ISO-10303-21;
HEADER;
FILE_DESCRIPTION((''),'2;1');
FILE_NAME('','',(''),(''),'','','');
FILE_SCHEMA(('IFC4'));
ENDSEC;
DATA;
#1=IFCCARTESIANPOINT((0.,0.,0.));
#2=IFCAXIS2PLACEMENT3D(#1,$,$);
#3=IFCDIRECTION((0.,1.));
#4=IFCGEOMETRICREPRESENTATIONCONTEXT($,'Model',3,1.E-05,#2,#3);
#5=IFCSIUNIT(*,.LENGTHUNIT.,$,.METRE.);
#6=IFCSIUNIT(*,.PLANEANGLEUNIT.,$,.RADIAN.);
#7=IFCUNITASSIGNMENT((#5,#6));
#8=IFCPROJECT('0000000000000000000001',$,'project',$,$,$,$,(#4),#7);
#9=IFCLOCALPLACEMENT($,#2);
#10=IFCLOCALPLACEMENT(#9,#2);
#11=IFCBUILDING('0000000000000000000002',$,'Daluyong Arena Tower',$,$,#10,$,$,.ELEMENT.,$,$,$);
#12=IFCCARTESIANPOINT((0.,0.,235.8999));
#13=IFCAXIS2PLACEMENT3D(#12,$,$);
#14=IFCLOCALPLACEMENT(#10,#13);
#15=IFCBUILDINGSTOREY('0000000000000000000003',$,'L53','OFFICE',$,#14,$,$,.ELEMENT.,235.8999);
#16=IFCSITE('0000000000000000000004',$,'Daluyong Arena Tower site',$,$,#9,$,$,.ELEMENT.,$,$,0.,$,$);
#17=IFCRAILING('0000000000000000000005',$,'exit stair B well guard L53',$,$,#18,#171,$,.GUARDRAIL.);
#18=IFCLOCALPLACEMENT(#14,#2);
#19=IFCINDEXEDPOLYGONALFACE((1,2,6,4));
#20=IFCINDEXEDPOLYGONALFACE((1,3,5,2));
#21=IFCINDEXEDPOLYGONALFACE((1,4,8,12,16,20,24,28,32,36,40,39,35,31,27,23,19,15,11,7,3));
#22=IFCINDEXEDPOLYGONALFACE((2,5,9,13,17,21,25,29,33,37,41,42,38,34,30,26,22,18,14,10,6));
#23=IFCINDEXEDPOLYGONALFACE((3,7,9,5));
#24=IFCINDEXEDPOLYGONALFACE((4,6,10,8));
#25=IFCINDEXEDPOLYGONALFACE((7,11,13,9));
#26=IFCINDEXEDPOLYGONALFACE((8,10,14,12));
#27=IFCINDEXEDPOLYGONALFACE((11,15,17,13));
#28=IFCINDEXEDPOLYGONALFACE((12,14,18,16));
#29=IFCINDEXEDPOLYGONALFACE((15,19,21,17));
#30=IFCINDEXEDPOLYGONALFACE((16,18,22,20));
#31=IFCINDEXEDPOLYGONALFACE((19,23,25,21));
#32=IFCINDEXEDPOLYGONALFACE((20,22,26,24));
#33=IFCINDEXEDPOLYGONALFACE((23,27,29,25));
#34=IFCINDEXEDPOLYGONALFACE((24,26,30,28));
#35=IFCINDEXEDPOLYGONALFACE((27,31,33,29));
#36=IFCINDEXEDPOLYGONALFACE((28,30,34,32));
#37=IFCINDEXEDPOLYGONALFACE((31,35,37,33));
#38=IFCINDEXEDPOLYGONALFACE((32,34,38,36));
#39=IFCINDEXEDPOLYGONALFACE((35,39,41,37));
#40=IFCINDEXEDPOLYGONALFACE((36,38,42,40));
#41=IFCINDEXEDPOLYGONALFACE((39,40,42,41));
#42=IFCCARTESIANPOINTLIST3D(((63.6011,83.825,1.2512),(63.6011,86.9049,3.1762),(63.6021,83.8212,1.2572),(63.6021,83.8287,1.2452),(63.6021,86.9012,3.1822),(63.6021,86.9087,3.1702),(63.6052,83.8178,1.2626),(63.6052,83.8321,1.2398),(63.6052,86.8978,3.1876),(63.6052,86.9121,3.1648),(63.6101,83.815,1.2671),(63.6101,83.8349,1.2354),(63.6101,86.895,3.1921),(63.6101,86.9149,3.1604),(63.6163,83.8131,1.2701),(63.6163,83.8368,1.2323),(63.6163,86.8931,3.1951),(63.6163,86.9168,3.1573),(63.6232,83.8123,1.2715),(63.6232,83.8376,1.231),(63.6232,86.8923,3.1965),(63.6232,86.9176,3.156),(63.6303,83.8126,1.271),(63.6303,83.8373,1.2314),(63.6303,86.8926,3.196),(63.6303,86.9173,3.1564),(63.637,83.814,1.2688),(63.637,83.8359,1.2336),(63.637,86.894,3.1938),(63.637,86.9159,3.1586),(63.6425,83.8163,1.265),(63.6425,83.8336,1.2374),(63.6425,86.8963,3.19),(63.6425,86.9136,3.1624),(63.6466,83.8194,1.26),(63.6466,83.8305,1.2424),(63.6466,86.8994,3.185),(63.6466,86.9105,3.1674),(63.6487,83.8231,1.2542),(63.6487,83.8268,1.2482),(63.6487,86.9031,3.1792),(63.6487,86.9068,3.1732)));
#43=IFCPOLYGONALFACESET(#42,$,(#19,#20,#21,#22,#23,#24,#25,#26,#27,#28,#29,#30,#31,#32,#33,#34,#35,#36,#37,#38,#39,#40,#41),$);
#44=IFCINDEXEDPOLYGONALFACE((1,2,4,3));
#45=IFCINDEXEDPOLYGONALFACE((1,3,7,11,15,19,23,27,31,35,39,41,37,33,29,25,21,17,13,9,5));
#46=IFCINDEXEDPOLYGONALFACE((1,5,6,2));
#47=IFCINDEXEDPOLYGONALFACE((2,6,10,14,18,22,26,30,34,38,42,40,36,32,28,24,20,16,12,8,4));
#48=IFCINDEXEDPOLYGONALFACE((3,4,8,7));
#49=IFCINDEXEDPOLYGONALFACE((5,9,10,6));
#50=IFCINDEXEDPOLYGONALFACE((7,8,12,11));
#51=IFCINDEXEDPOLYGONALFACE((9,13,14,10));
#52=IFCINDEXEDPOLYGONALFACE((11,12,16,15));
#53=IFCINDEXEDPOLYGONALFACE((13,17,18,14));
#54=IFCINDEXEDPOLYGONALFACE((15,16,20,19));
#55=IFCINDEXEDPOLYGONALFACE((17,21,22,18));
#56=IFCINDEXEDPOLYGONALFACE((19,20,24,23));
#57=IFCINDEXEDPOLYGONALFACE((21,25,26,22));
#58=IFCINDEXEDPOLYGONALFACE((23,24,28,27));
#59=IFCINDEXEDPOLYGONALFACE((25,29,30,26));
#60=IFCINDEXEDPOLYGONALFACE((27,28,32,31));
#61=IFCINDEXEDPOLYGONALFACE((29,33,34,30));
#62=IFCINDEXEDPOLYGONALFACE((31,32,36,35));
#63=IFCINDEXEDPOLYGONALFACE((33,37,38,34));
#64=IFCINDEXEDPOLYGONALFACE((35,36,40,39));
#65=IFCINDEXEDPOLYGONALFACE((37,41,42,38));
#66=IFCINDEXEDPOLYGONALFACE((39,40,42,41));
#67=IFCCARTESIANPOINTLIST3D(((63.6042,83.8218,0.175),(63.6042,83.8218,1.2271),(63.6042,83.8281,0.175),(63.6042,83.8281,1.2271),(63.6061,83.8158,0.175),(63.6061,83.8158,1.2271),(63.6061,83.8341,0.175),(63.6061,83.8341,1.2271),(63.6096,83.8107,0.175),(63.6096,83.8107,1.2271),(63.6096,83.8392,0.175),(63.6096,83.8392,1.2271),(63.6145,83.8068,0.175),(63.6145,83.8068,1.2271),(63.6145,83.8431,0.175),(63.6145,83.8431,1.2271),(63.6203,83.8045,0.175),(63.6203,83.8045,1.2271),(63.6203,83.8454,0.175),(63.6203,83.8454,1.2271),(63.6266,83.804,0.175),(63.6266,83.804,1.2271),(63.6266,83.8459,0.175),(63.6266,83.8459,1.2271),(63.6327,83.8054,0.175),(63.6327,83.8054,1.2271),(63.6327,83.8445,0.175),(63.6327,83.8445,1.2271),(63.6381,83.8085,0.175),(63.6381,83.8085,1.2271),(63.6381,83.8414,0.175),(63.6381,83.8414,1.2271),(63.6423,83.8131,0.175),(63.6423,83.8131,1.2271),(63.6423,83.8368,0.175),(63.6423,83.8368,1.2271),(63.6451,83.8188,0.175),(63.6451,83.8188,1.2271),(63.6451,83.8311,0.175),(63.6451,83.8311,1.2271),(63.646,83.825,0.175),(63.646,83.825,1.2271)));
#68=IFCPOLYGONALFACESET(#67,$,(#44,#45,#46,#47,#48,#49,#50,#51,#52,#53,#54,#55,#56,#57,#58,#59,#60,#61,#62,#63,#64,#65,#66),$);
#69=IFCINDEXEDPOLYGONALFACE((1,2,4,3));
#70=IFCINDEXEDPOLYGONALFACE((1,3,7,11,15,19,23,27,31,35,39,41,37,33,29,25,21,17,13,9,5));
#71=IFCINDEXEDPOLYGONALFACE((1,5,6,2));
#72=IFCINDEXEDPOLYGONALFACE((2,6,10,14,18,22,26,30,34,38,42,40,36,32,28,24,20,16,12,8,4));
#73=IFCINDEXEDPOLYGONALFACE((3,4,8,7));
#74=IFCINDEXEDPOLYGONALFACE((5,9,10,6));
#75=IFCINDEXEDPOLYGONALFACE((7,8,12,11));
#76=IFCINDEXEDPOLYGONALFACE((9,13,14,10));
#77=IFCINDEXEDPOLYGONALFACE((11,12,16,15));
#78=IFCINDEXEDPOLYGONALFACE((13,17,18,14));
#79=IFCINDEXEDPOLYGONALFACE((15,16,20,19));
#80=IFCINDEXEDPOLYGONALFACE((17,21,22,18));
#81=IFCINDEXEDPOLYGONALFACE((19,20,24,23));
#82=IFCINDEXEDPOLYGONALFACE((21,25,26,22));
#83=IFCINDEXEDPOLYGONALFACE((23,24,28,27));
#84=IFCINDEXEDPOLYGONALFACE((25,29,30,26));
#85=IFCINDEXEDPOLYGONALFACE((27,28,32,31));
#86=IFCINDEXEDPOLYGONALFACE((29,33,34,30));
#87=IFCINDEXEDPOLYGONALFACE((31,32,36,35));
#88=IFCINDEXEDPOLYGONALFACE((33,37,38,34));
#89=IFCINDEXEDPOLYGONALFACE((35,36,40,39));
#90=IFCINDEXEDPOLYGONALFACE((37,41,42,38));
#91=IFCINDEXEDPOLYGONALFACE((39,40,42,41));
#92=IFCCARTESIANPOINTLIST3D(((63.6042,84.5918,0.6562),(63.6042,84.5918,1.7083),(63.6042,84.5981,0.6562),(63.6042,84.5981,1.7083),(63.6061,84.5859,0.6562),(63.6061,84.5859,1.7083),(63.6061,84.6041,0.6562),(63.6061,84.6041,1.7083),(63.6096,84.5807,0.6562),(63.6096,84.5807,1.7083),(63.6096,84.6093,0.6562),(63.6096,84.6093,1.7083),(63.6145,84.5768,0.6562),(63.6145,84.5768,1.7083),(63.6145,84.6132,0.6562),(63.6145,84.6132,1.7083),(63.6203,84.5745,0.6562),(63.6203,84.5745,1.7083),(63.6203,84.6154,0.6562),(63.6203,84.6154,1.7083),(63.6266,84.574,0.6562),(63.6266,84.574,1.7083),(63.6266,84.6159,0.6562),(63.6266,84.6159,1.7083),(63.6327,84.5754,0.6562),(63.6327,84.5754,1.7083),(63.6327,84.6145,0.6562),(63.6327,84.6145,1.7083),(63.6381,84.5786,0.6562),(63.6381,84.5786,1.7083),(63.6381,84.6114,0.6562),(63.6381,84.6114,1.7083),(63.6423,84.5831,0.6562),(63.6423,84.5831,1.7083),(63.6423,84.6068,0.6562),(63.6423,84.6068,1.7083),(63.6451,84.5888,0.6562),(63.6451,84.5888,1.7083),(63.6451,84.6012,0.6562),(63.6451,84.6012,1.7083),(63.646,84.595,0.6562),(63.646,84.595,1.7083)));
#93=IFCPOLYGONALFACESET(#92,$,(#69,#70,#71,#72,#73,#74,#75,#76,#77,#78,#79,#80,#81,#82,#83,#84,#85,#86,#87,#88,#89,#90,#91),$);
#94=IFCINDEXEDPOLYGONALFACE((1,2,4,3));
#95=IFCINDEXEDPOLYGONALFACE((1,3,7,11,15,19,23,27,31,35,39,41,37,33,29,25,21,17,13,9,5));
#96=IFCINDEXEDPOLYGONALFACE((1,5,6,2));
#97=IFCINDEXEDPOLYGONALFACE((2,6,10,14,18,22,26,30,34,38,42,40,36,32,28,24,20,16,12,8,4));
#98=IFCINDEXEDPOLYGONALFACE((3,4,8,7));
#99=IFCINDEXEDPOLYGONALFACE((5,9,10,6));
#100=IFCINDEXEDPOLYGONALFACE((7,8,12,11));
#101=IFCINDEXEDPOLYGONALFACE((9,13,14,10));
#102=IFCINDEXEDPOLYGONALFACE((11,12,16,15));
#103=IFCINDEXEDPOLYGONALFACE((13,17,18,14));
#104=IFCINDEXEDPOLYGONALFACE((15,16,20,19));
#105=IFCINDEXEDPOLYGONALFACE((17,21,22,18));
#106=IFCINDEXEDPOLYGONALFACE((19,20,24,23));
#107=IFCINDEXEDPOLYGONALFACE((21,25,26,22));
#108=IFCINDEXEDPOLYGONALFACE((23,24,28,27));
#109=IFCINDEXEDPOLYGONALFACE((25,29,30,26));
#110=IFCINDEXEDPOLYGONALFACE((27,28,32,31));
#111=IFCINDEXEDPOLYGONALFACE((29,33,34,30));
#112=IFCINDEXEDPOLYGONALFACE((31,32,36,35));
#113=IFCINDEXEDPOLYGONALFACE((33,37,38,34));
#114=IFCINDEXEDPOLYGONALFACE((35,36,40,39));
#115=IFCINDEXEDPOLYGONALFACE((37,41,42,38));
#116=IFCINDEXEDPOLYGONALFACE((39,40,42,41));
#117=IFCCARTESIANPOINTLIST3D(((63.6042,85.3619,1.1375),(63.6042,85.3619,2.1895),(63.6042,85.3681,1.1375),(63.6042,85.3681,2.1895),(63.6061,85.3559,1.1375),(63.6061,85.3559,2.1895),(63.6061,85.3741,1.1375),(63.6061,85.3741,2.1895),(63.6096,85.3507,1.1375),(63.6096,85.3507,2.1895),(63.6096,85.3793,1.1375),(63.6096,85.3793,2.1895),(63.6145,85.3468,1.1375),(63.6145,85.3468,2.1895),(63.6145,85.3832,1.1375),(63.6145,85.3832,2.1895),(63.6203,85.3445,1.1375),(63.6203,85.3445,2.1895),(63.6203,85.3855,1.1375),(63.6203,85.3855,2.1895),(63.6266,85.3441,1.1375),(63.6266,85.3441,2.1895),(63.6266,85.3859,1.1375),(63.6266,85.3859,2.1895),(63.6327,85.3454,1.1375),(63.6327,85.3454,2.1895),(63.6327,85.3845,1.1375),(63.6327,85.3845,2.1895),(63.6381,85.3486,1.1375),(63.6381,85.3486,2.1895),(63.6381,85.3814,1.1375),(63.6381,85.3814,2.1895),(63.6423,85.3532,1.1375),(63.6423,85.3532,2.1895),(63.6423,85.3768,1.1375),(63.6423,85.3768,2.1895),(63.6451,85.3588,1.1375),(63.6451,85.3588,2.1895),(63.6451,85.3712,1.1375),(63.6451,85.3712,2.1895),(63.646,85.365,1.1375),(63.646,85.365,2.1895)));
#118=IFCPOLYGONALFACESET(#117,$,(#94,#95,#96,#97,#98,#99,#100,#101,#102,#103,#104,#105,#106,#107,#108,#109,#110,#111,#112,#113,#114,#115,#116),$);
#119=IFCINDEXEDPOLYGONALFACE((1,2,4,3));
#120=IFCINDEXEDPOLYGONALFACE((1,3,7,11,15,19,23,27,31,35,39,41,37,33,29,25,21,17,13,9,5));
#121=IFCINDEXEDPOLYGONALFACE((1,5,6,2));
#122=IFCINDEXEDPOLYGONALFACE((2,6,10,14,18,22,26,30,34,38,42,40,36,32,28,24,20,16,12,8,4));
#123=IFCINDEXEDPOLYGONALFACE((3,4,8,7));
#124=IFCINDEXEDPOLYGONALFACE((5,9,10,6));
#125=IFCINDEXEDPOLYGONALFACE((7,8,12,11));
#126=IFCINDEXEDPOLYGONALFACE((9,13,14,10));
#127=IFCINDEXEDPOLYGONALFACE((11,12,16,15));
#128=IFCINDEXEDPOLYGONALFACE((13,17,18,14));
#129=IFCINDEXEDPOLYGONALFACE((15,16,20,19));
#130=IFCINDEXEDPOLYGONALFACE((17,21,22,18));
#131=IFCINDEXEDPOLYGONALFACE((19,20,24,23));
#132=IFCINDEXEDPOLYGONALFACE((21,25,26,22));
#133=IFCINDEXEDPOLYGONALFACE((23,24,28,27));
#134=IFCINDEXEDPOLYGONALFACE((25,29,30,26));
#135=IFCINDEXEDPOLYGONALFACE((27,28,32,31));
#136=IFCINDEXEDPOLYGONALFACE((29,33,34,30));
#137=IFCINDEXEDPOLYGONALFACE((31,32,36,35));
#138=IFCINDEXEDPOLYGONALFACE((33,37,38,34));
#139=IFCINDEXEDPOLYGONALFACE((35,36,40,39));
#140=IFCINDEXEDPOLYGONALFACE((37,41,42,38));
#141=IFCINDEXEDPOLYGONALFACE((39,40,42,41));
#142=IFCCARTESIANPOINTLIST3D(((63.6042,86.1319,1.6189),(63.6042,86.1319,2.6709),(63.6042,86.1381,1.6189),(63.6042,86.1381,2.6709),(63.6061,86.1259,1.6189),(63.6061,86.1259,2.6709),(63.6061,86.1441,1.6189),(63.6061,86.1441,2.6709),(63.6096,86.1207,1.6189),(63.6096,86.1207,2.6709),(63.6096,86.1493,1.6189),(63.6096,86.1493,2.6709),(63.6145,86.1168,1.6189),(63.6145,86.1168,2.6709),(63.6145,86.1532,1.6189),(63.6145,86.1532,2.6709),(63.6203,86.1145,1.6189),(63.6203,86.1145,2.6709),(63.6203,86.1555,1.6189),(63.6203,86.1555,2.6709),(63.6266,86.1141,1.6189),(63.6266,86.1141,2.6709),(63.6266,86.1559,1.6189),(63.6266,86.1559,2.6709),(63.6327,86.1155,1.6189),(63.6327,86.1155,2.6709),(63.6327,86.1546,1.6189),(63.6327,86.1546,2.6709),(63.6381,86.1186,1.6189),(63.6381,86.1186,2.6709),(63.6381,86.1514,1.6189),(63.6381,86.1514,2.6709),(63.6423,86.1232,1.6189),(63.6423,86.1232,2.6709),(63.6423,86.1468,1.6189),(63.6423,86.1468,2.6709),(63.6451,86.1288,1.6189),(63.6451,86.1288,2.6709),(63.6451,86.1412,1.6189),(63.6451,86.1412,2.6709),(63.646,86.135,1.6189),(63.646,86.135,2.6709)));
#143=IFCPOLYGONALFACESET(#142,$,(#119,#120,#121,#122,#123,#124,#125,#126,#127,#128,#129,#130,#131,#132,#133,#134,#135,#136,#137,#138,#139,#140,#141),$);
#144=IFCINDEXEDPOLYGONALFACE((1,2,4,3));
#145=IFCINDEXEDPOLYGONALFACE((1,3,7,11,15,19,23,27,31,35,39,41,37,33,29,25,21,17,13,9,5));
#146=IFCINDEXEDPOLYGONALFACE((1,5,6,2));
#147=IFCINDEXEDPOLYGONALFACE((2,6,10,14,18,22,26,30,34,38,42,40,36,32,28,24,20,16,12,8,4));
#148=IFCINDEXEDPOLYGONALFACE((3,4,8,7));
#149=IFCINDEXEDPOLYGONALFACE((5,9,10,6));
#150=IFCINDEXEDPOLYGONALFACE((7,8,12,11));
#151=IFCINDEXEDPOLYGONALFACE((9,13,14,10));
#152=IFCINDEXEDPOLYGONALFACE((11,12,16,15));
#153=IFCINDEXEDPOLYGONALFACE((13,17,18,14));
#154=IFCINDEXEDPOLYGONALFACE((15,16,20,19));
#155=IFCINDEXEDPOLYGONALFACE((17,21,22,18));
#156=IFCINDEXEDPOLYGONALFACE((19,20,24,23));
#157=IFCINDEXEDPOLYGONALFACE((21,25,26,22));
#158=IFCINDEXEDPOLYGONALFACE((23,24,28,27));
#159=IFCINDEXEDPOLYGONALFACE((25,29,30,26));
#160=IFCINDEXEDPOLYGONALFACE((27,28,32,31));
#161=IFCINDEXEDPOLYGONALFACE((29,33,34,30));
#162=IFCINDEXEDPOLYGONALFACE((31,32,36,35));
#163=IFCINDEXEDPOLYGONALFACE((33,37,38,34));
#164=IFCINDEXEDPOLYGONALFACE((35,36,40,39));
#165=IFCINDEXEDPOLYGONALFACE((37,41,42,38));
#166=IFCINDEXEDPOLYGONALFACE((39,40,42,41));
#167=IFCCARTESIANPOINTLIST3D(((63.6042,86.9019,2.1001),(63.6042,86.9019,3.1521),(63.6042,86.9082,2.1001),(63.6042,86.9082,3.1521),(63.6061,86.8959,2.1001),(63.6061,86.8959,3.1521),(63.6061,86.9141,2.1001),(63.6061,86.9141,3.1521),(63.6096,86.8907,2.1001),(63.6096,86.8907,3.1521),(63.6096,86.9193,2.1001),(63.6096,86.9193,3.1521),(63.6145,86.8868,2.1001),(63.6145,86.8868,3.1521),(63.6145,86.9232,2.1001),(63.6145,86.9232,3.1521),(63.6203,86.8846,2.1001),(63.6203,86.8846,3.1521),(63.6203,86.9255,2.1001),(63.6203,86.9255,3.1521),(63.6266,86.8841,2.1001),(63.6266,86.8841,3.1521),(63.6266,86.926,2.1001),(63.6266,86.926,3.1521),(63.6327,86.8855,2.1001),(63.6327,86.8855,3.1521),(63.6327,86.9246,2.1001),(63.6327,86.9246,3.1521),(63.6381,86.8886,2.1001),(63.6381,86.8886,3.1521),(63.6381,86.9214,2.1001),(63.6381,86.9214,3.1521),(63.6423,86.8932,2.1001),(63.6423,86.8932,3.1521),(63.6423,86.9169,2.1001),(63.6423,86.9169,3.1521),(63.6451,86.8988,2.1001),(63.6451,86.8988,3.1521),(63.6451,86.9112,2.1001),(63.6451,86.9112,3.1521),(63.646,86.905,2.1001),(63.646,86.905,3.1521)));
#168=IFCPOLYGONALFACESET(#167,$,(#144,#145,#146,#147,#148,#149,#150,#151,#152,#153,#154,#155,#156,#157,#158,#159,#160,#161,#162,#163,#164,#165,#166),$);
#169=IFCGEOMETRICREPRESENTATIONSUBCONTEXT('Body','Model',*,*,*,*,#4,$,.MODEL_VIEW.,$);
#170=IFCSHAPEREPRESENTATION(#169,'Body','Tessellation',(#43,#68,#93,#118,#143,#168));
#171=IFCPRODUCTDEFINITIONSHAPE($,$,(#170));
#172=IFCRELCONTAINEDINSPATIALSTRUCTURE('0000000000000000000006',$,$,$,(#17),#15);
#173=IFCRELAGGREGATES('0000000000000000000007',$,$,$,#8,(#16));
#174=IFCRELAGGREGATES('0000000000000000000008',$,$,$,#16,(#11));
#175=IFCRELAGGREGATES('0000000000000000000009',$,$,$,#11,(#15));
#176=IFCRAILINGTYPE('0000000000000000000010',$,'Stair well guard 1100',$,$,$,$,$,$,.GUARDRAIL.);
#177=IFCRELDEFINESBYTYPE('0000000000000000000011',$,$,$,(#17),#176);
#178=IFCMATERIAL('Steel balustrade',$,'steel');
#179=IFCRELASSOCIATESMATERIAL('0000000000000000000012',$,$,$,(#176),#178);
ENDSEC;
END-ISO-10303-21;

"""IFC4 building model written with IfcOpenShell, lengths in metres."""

from ifc_helpers import new_model, si_unit, direction, frame, origin, origin_2d, place, context, subcontext, project, spatial, circle, extrude, material, type_object, element, save


model = new_model("IFC4")

# Units and contexts
model_context = context("Model", 3, precision=1e-05, world=origin(), true_north=direction((0.0, 1.0)))
body_context = subcontext(model_context, "Body", "Model", "MODEL_VIEW")
ifc_project = project(units=[si_unit("LENGTHUNIT", "METRE"), si_unit("PLANEANGLEUNIT", "RADIAN")], contexts=[model_context])

# Site, building, storey
site_placement = place(None, origin())
site = spatial("IfcSite", under=ifc_project, at=site_placement, Name="Daluyong Arena Tower site", CompositionType="ELEMENT", RefElevation=0.0)
building_placement = place(site_placement, origin())
building = spatial("IfcBuilding", under=site, at=building_placement, Name="Daluyong Arena Tower", CompositionType="ELEMENT")
storey_placement = place(building_placement, frame((0.0, 0.0, 235.8999)))
storey = spatial("IfcBuildingStorey", under=building, at=storey_placement, Name="L53", Description="OFFICE", CompositionType="ELEMENT", Elevation=235.8999)

# Railing
ifc_material_1 = material(Name="Steel balustrade", Category="steel")
railing_type_1 = type_object("IfcRailingType", Name="Stair well guard 1100", PredefinedType="GUARDRAIL", material=ifc_material_1)
railing_1_placement = place(storey_placement, frame((63.625, 83.825, 0.175)))
element("IfcRailing", 1, at=railing_1_placement, inside=storey, type_object=railing_type_1, Name="exit stair B well guard L53", PredefinedType="GUARDRAIL", context=body_context, shape_type="SweptSolid", body=[
    extrude(circle(Radius=0.0239, at=origin_2d()), frame((0.0, 0.0, 1.0762), z_axis=(0.0, 0.847998, 0.529999), x_axis=(-1.0, 0.0, 0.0)), (0.0, 0.0, 1.0), 3.6321),
    extrude(circle(Radius=0.021, at=origin_2d()), origin(), (0.0, 0.0, 1.0), 1.052),
    extrude(circle(Radius=0.021, at=origin_2d()), frame((0.0, 0.77, 0.4812)), (0.0, 0.0, 1.0), 1.052),
    extrude(circle(Radius=0.021, at=origin_2d()), frame((0.0, 1.54, 0.9624)), (0.0, 0.0, 1.0), 1.052),
    extrude(circle(Radius=0.021, at=origin_2d()), frame((0.0, 2.3101, 1.4438)), (0.0, 0.0, 1.0), 1.052),
    extrude(circle(Radius=0.021, at=origin_2d()), frame((0.0, 3.0801, 1.925)), (0.0, 0.0, 1.0), 1.052),
])

save(model, "model.ifc")
